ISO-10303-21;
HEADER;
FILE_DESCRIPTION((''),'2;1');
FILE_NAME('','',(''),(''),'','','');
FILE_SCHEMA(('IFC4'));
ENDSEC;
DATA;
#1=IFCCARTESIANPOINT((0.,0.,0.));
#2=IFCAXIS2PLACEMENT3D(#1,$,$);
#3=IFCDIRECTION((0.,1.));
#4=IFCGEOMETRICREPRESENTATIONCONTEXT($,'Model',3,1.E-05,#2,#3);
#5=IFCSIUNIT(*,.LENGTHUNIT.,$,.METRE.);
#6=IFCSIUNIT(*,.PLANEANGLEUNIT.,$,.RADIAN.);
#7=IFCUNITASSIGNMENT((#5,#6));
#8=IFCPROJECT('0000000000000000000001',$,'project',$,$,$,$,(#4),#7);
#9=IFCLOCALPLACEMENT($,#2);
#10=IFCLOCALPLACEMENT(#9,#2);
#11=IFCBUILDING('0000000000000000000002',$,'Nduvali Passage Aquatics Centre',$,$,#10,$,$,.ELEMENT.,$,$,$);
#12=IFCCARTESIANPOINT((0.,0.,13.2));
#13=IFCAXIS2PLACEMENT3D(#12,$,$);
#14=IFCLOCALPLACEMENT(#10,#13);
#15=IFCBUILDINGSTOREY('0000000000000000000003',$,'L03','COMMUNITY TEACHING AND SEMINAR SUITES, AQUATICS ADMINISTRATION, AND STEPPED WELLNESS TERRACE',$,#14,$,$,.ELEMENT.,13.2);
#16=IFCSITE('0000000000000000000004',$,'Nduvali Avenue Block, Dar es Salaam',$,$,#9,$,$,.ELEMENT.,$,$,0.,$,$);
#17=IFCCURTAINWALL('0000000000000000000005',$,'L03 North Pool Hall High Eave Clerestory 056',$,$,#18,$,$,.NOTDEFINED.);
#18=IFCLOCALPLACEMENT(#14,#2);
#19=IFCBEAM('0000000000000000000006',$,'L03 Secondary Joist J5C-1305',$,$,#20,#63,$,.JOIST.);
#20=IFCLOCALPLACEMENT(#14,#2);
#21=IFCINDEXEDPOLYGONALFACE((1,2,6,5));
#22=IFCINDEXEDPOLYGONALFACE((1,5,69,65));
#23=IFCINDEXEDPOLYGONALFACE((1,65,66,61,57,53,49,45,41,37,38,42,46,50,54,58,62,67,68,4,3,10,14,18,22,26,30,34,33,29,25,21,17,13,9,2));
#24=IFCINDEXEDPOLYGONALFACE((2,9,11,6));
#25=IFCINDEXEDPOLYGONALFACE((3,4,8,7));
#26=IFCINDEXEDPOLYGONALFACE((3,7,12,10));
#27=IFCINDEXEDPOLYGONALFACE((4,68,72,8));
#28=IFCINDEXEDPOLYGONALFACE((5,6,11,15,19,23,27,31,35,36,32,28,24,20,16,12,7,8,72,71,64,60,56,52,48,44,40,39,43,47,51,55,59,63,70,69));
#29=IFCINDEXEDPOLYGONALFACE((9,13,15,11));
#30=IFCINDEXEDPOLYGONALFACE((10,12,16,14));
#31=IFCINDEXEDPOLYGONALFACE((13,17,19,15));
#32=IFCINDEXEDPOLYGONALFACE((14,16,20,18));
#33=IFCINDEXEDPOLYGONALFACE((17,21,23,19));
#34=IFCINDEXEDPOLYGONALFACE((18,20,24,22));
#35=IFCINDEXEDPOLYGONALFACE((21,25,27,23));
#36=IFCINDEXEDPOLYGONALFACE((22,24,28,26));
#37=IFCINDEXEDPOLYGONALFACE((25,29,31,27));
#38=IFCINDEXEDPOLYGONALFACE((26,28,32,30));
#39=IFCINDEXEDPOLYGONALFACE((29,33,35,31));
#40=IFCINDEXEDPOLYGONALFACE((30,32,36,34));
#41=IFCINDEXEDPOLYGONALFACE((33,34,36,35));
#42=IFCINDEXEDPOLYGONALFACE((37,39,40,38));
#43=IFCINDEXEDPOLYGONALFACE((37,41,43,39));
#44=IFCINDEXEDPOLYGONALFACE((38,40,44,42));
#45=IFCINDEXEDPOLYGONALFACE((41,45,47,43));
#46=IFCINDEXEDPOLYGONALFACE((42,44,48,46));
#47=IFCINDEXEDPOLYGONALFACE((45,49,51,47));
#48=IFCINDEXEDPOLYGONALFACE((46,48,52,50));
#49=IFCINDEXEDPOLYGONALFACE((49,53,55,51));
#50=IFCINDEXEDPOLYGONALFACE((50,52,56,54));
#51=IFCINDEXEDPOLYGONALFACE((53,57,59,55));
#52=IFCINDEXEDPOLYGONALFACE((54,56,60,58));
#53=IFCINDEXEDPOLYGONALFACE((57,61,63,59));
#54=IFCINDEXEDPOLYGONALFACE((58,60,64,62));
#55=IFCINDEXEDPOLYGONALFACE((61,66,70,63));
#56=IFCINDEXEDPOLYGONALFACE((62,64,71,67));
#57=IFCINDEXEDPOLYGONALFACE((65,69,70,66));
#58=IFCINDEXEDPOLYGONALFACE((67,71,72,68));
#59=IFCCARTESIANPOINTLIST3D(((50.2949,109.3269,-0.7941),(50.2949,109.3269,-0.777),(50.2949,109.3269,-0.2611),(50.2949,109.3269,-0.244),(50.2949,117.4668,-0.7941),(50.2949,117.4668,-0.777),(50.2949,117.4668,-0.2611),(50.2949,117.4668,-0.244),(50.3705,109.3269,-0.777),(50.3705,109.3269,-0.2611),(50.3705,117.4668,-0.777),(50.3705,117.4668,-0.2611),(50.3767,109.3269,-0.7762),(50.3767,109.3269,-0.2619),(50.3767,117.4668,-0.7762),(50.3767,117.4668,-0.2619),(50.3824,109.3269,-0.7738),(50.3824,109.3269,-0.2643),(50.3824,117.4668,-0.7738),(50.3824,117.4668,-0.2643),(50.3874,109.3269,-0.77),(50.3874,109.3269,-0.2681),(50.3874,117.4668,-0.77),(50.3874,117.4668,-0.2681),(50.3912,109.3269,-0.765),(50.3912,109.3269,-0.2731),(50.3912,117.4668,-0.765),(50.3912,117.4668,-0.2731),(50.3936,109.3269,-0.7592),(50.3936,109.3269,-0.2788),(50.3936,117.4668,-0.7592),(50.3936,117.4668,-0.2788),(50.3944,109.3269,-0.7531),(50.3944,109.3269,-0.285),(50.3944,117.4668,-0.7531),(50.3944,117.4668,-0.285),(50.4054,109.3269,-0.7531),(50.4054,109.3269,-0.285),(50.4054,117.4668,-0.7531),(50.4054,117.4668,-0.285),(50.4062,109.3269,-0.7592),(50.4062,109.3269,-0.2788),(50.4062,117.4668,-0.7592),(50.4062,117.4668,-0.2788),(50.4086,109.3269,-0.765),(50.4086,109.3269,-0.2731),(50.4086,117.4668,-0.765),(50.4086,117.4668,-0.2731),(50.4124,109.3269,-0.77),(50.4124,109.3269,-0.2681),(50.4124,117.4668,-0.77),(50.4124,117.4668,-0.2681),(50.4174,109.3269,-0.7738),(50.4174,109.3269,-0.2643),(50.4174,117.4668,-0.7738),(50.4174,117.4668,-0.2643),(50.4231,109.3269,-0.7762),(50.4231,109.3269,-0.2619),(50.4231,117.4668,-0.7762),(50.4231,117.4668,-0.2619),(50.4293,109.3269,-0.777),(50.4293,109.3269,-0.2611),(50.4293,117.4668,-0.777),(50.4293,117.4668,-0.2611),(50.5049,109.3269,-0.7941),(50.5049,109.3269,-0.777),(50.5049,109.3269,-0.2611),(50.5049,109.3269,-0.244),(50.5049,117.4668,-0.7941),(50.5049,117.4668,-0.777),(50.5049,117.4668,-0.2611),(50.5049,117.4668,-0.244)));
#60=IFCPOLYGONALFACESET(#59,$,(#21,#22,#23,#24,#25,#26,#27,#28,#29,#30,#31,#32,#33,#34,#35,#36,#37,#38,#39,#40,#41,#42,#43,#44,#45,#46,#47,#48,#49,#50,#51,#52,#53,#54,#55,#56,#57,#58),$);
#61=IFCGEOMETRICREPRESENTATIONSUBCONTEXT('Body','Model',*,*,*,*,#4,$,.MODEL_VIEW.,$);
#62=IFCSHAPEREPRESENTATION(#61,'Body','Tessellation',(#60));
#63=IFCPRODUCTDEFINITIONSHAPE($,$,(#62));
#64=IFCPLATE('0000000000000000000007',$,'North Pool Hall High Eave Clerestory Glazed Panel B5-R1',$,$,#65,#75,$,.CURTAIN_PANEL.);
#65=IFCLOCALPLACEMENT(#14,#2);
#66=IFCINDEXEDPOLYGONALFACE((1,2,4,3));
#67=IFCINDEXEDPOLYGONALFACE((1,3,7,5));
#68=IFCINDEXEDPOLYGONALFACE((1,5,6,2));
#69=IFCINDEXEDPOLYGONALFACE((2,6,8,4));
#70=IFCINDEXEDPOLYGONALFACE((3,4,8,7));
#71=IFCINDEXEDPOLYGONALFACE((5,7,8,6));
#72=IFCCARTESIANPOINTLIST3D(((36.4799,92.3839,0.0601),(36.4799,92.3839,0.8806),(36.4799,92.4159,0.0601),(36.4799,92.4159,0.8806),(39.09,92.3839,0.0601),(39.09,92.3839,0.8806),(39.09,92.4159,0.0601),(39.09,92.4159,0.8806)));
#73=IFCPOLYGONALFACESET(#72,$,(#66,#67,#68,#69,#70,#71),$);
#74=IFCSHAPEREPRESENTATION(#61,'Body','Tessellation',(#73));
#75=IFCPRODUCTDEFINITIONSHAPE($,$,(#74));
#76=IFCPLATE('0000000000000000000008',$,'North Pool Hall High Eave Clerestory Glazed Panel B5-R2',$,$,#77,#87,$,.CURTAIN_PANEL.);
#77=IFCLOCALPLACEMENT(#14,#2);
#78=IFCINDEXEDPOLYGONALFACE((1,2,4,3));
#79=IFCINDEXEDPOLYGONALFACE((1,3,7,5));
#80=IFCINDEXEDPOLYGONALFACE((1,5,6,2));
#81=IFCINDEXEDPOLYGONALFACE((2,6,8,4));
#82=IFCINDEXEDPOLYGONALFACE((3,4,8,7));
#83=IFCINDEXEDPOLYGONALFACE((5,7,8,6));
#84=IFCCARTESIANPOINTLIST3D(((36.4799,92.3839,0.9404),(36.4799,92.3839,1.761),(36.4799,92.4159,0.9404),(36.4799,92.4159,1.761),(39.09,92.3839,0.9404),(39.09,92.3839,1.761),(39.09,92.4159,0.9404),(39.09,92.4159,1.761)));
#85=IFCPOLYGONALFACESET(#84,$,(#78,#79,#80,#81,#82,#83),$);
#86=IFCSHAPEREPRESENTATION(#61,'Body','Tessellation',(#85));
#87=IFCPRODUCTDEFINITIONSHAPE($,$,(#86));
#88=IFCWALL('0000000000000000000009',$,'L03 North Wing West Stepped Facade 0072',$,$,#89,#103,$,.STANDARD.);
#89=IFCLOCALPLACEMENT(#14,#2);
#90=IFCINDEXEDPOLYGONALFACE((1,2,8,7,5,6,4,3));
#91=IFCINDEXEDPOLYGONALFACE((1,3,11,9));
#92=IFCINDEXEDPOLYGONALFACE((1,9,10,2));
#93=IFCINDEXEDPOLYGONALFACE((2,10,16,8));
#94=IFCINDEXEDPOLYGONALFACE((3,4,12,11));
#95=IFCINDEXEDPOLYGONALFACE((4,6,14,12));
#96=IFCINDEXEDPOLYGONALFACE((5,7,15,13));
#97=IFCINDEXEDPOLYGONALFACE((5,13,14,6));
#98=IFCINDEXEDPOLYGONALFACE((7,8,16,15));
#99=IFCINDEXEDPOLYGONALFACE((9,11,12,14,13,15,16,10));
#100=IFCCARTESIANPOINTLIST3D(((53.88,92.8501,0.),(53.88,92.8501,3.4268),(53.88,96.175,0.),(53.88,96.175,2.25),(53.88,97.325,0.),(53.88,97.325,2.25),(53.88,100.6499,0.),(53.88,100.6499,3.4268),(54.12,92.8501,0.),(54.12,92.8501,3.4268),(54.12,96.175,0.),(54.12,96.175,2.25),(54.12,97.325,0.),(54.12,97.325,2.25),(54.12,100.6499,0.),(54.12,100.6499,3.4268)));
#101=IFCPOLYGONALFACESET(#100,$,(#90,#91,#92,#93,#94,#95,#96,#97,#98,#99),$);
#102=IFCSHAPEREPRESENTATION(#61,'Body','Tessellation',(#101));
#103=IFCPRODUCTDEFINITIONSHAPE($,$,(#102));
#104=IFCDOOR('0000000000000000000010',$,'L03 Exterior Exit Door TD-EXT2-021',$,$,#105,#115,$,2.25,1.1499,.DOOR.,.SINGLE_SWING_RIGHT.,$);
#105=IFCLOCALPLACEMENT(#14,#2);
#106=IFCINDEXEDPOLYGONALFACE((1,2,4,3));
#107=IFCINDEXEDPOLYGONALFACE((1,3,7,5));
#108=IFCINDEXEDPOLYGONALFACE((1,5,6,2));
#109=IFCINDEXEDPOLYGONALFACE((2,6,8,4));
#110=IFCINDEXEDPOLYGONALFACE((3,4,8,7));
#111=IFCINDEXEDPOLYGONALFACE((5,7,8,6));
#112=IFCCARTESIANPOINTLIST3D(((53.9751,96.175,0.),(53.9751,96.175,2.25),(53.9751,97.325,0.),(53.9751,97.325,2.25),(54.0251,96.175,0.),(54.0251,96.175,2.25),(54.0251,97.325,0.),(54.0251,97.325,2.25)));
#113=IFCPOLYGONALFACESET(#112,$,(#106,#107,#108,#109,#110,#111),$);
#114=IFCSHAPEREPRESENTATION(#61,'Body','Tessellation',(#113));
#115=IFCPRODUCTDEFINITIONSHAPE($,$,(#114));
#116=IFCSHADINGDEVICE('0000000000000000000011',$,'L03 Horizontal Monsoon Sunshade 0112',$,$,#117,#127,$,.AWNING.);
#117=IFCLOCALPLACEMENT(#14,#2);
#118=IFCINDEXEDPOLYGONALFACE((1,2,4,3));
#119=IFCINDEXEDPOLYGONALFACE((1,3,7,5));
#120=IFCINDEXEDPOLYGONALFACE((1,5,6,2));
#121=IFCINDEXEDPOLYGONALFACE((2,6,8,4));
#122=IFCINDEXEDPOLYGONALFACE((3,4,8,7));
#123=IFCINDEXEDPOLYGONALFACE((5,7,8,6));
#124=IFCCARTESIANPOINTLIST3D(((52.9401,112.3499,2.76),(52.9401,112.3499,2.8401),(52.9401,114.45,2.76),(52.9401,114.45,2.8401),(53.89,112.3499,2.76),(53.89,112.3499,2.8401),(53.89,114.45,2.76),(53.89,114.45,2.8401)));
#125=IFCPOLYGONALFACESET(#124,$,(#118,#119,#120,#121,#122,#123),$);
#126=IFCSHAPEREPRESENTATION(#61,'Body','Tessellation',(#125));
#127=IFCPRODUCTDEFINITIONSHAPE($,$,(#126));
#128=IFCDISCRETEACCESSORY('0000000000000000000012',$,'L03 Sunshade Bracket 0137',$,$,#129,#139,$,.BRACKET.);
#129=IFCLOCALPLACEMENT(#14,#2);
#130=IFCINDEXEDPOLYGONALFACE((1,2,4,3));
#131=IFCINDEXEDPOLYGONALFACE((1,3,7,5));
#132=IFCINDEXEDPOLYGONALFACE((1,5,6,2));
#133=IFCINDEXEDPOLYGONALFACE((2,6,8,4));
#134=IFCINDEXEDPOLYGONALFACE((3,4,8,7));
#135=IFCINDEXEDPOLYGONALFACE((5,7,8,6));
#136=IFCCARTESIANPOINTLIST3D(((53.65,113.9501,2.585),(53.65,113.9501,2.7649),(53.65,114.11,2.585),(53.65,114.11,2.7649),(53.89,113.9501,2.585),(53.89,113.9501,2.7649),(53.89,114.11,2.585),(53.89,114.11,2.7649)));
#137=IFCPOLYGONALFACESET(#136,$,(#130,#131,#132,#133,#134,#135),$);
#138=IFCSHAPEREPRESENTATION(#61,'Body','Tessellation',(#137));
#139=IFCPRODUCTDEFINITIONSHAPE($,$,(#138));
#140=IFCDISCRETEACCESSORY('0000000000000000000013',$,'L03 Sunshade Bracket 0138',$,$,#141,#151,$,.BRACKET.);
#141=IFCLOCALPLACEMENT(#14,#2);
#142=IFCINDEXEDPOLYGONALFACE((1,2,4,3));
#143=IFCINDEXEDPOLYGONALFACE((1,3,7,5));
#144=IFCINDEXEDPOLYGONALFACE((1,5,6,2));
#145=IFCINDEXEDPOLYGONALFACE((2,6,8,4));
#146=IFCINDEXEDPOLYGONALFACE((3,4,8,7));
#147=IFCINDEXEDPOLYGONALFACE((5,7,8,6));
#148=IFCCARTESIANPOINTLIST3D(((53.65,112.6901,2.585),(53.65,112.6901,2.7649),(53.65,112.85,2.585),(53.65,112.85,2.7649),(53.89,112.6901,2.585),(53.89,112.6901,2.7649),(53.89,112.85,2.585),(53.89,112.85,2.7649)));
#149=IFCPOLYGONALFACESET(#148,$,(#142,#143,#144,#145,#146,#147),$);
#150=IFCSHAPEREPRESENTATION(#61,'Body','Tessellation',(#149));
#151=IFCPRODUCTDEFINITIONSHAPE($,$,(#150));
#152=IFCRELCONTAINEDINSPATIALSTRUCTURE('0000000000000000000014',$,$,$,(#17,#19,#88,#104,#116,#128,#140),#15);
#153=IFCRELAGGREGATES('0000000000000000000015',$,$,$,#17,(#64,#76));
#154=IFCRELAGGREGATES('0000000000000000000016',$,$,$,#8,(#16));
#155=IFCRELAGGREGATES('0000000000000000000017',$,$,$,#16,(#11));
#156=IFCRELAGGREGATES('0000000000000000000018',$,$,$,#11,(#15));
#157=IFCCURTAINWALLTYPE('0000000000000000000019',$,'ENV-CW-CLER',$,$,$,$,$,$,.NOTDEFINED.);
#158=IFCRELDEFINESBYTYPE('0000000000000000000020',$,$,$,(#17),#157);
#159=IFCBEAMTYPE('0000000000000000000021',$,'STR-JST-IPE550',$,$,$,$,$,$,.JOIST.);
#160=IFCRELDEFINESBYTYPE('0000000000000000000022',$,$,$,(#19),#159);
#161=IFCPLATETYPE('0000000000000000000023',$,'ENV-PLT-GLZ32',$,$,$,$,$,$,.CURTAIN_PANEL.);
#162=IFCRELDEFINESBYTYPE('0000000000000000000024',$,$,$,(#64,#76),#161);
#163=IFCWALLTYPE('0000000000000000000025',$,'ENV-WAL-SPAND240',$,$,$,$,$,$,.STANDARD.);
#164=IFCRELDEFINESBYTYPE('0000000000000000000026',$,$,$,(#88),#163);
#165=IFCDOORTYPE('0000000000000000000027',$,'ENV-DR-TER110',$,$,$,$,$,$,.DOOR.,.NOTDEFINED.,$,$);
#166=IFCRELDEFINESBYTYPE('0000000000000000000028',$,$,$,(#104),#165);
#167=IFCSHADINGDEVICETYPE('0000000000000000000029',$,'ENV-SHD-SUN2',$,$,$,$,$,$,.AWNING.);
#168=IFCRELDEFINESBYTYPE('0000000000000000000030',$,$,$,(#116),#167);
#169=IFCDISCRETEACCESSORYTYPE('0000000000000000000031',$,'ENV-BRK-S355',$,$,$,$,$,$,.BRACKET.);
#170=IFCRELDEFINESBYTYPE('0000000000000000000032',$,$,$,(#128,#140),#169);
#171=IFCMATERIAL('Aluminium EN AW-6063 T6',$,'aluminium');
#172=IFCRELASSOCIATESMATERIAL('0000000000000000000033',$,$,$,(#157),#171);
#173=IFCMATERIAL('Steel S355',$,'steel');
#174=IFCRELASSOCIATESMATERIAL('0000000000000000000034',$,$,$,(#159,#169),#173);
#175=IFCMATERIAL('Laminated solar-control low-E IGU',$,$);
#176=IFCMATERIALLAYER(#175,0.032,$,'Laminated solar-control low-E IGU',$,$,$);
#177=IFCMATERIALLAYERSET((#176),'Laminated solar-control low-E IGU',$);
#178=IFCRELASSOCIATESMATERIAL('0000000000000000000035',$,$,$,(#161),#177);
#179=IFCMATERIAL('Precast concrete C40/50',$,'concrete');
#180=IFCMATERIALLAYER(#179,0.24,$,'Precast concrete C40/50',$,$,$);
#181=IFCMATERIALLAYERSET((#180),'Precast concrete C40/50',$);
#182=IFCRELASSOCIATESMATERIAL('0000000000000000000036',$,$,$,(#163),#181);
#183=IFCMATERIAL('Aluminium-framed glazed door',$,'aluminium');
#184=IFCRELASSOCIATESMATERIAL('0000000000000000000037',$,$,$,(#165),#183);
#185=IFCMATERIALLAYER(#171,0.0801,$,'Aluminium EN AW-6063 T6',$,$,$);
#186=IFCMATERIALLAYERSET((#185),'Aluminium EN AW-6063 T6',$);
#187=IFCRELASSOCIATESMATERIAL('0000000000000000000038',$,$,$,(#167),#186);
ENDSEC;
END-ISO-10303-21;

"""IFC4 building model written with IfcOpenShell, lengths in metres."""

from ifc_helpers import new_model, si_unit, direction, frame, frame_2d, origin, origin_2d, place, context, subcontext, project, spatial, rectangle, i_section, extrude, material, layer, layer_set, material_profile, profile_set, type_object, element, fill, aggregate, save


model = new_model("IFC4")

# Units and contexts
model_context = context("Model", 3, precision=1e-05, world=origin(), true_north=direction((0.0, 1.0)))
body_context = subcontext(model_context, "Body", "Model", "MODEL_VIEW")
ifc_project = project(units=[si_unit("LENGTHUNIT", "METRE"), si_unit("PLANEANGLEUNIT", "RADIAN")], contexts=[model_context])

# Site, building, storey
site_placement = place(None, origin())
site = spatial("IfcSite", under=ifc_project, at=site_placement, Name="Nduvali Avenue Block, Dar es Salaam", CompositionType="ELEMENT", RefElevation=0.0)
building_placement = place(site_placement, origin())
building = spatial("IfcBuilding", under=site, at=building_placement, Name="Nduvali Passage Aquatics Centre", CompositionType="ELEMENT")
storey_placement = place(building_placement, frame((0.0, 0.0, 13.2)))
storey = spatial("IfcBuildingStorey", under=building, at=storey_placement, Name="L03", Description="COMMUNITY TEACHING AND SEMINAR SUITES, AQUATICS ADMINISTRATION, AND STEPPED WELLNESS TERRACE", CompositionType="ELEMENT", Elevation=13.2)

# Shared definitions
ifc_material_1 = material(Name="Steel S355", Category="steel")

# Curtain wall
ifc_material_2 = material(Name="Aluminium EN AW-6063 T6", Category="aluminium")
curtain_wall_type = type_object("IfcCurtainWallType", Name="ENV-CW-CLER", PredefinedType="NOTDEFINED", material=ifc_material_2)
curtain_wall_placement = place(storey_placement, origin())
curtain_wall = element("IfcCurtainWall", 1, at=curtain_wall_placement, inside=storey, type_object=curtain_wall_type, Name="L03 North Pool Hall High Eave Clerestory 056", PredefinedType="NOTDEFINED")

# Beam
ifc_material_profile_1 = material_profile(ifc_material_1, i_section(OverallWidth=0.21, OverallDepth=0.55, WebThickness=0.011, FlangeThickness=0.0171, FilletRadius=0.0239, at=origin_2d()), Name="IPE 550")
ifc_profile_set_1 = profile_set([ifc_material_profile_1], Name="Steel S355")
beam_type_1 = type_object("IfcBeamType", Name="STR-JST-IPE550", PredefinedType="JOIST", material=ifc_profile_set_1)
for number, where, z_axis, x_axis, name in (
    (2, (50.3999, 109.3269, -0.519), (0.0, 1.0, 0.0), (-1.0, 0.0, 0.0), "L03 Secondary Joist J5C-1305"),
):
    element("IfcBeam", number, at=place(storey_placement, frame(where, z_axis=z_axis, x_axis=x_axis)), inside=storey, type_object=beam_type_1, Name=name, PredefinedType="JOIST", context=body_context, shape_type="SweptSolid", body=[
        extrude(i_section(OverallWidth=0.21, OverallDepth=0.55, WebThickness=0.011, FlangeThickness=0.0171, FilletRadius=0.0239, at=origin_2d()), origin(), (0.0, 0.0, 1.0), 8.1399),
    ])

# Plates
ifc_material_3 = material(Name="Laminated solar-control low-E IGU")
ifc_layer_1 = layer(ifc_material_3, 0.032, Name="Laminated solar-control low-E IGU")
ifc_layer_set_1 = layer_set([ifc_layer_1], Name="Laminated solar-control low-E IGU")
plate_type = type_object("IfcPlateType", Name="ENV-PLT-GLZ32", PredefinedType="CURTAIN_PANEL", material=ifc_layer_set_1)
plate_1_placement = place(storey_placement, frame((37.7849, 92.3999, 0.0601), z_axis=(0.0, 0.0, 1.0), x_axis=(1.0, 0.0, 0.0)))
plate_1 = element("IfcPlate", 3, at=plate_1_placement, type_object=plate_type, Name="North Pool Hall High Eave Clerestory Glazed Panel B5-R1", PredefinedType="CURTAIN_PANEL", context=body_context, shape_type="SweptSolid", body=[
    extrude(rectangle(XDim=2.6101, YDim=0.032, at=origin_2d()), origin(), (0.0, 0.0, 1.0), 0.8206),
])
plate_2_placement = place(storey_placement, frame((37.7849, 92.3999, 0.9404), z_axis=(0.0, 0.0, 1.0), x_axis=(1.0, 0.0, 0.0)))
plate_2 = element("IfcPlate", 4, at=plate_2_placement, type_object=plate_type, Name="North Pool Hall High Eave Clerestory Glazed Panel B5-R2", PredefinedType="CURTAIN_PANEL", context=body_context, shape_type="SweptSolid", body=[
    extrude(rectangle(XDim=2.6101, YDim=0.032, at=origin_2d()), origin(), (0.0, 0.0, 1.0), 0.8206),
])
aggregate(curtain_wall, [plate_1, plate_2])

# Wall, opening, door
ifc_material_4 = material(Name="Precast concrete C40/50", Category="concrete")
ifc_layer_2 = layer(ifc_material_4, 0.24, Name="Precast concrete C40/50")
ifc_layer_set_2 = layer_set([ifc_layer_2], Name="Precast concrete C40/50")
wall_type = type_object("IfcWallType", Name="ENV-WAL-SPAND240", PredefinedType="STANDARD", material=ifc_layer_set_2)
wall_placement = place(storey_placement, frame((54.0, 100.6499, 0.0), z_axis=(0.0, 0.0, 1.0), x_axis=(0.0, -1.0, 0.0)))
wall = element("IfcWall", 5, at=wall_placement, inside=storey, type_object=wall_type, Name="L03 North Wing West Stepped Facade 0072", PredefinedType="STANDARD", context=body_context, shape_type="SweptSolid", body=[
    extrude(rectangle(XDim=7.7998, YDim=0.24, at=frame_2d((3.8999, 0.0))), origin(), (0.0, 0.0, 1.0), 3.4268),
])
opening_placement = place(wall_placement, frame((3.325, 0.0, 0.0)))
opening = element("IfcOpeningElement", 6, at=opening_placement, cuts=wall, PredefinedType="OPENING", context=body_context, shape_type="SweptSolid", body=[
    extrude(rectangle(XDim=1.1499, YDim=2.25, at=frame_2d((0.575, 1.125))), frame((0.0, 0.1348, 0.0), z_axis=(0.0, -1.0, 0.0), x_axis=(1.0, 0.0, 0.0)), (0.0, 0.0, 1.0), 0.2698),
])
ifc_material_5 = material(Name="Aluminium-framed glazed door", Category="aluminium")
door_type = type_object("IfcDoorType", Name="ENV-DR-TER110", OperationType="NOTDEFINED", PredefinedType="DOOR", material=ifc_material_5)
door_placement = place(opening_placement, frame((1.1499, 0.0, 0.0), z_axis=(0.0, 0.0, 1.0), x_axis=(-1.0, 0.0, 0.0)))
door = element("IfcDoor", 7, at=door_placement, inside=storey, type_object=door_type, Name="L03 Exterior Exit Door TD-EXT2-021", OperationType="SINGLE_SWING_RIGHT", OverallHeight=2.25, OverallWidth=1.1499, PredefinedType="DOOR", context=body_context, shape_type="SweptSolid", body=[
    extrude(rectangle(XDim=1.1499, YDim=2.25, at=frame_2d((0.575, 1.125))), frame((0.0, 0.0249, 0.0), z_axis=(0.0, -1.0, 0.0), x_axis=(1.0, 0.0, 0.0)), (0.0, 0.0, 1.0), 0.05),
])
fill(opening, door)

# Shading device
ifc_layer_3 = layer(ifc_material_2, 0.0801, Name="Aluminium EN AW-6063 T6")
ifc_layer_set_3 = layer_set([ifc_layer_3], Name="Aluminium EN AW-6063 T6")
shading_device_type = type_object("IfcShadingDeviceType", Name="ENV-SHD-SUN2", PredefinedType="AWNING", material=ifc_layer_set_3)
shading_device_placement = place(storey_placement, frame((53.415, 113.3999, 2.76), z_axis=(0.0, 0.0, 1.0), x_axis=(0.0, -1.0, 0.0)))
element("IfcShadingDevice", 8, at=shading_device_placement, inside=storey, type_object=shading_device_type, Name="L03 Horizontal Monsoon Sunshade 0112", PredefinedType="AWNING", context=body_context, shape_type="SweptSolid", body=[
    extrude(rectangle(XDim=2.1001, YDim=0.95, at=origin_2d()), origin(), (0.0, 0.0, 1.0), 0.0801),
])

# Discrete accessories
discrete_accessory_type = type_object("IfcDiscreteAccessoryType", Name="ENV-BRK-S355", PredefinedType="BRACKET", material=ifc_material_1)
for number, where, z_axis, x_axis, name in (
    (9, (53.77, 114.03, 2.585), (0.0, 0.0, 1.0), (0.0, -1.0, 0.0), "L03 Sunshade Bracket 0137"),
    (10, (53.77, 112.77, 2.585), (0.0, 0.0, 1.0), (0.0, -1.0, 0.0), "L03 Sunshade Bracket 0138"),
):
    element("IfcDiscreteAccessory", number, at=place(storey_placement, frame(where, z_axis=z_axis, x_axis=x_axis)), inside=storey, type_object=discrete_accessory_type, Name=name, PredefinedType="BRACKET", context=body_context, shape_type="SweptSolid", body=[
        extrude(rectangle(XDim=0.1599, YDim=0.24, at=origin_2d()), origin(), (0.0, 0.0, 1.0), 0.1799),
    ])

save(model, "model.ifc")
